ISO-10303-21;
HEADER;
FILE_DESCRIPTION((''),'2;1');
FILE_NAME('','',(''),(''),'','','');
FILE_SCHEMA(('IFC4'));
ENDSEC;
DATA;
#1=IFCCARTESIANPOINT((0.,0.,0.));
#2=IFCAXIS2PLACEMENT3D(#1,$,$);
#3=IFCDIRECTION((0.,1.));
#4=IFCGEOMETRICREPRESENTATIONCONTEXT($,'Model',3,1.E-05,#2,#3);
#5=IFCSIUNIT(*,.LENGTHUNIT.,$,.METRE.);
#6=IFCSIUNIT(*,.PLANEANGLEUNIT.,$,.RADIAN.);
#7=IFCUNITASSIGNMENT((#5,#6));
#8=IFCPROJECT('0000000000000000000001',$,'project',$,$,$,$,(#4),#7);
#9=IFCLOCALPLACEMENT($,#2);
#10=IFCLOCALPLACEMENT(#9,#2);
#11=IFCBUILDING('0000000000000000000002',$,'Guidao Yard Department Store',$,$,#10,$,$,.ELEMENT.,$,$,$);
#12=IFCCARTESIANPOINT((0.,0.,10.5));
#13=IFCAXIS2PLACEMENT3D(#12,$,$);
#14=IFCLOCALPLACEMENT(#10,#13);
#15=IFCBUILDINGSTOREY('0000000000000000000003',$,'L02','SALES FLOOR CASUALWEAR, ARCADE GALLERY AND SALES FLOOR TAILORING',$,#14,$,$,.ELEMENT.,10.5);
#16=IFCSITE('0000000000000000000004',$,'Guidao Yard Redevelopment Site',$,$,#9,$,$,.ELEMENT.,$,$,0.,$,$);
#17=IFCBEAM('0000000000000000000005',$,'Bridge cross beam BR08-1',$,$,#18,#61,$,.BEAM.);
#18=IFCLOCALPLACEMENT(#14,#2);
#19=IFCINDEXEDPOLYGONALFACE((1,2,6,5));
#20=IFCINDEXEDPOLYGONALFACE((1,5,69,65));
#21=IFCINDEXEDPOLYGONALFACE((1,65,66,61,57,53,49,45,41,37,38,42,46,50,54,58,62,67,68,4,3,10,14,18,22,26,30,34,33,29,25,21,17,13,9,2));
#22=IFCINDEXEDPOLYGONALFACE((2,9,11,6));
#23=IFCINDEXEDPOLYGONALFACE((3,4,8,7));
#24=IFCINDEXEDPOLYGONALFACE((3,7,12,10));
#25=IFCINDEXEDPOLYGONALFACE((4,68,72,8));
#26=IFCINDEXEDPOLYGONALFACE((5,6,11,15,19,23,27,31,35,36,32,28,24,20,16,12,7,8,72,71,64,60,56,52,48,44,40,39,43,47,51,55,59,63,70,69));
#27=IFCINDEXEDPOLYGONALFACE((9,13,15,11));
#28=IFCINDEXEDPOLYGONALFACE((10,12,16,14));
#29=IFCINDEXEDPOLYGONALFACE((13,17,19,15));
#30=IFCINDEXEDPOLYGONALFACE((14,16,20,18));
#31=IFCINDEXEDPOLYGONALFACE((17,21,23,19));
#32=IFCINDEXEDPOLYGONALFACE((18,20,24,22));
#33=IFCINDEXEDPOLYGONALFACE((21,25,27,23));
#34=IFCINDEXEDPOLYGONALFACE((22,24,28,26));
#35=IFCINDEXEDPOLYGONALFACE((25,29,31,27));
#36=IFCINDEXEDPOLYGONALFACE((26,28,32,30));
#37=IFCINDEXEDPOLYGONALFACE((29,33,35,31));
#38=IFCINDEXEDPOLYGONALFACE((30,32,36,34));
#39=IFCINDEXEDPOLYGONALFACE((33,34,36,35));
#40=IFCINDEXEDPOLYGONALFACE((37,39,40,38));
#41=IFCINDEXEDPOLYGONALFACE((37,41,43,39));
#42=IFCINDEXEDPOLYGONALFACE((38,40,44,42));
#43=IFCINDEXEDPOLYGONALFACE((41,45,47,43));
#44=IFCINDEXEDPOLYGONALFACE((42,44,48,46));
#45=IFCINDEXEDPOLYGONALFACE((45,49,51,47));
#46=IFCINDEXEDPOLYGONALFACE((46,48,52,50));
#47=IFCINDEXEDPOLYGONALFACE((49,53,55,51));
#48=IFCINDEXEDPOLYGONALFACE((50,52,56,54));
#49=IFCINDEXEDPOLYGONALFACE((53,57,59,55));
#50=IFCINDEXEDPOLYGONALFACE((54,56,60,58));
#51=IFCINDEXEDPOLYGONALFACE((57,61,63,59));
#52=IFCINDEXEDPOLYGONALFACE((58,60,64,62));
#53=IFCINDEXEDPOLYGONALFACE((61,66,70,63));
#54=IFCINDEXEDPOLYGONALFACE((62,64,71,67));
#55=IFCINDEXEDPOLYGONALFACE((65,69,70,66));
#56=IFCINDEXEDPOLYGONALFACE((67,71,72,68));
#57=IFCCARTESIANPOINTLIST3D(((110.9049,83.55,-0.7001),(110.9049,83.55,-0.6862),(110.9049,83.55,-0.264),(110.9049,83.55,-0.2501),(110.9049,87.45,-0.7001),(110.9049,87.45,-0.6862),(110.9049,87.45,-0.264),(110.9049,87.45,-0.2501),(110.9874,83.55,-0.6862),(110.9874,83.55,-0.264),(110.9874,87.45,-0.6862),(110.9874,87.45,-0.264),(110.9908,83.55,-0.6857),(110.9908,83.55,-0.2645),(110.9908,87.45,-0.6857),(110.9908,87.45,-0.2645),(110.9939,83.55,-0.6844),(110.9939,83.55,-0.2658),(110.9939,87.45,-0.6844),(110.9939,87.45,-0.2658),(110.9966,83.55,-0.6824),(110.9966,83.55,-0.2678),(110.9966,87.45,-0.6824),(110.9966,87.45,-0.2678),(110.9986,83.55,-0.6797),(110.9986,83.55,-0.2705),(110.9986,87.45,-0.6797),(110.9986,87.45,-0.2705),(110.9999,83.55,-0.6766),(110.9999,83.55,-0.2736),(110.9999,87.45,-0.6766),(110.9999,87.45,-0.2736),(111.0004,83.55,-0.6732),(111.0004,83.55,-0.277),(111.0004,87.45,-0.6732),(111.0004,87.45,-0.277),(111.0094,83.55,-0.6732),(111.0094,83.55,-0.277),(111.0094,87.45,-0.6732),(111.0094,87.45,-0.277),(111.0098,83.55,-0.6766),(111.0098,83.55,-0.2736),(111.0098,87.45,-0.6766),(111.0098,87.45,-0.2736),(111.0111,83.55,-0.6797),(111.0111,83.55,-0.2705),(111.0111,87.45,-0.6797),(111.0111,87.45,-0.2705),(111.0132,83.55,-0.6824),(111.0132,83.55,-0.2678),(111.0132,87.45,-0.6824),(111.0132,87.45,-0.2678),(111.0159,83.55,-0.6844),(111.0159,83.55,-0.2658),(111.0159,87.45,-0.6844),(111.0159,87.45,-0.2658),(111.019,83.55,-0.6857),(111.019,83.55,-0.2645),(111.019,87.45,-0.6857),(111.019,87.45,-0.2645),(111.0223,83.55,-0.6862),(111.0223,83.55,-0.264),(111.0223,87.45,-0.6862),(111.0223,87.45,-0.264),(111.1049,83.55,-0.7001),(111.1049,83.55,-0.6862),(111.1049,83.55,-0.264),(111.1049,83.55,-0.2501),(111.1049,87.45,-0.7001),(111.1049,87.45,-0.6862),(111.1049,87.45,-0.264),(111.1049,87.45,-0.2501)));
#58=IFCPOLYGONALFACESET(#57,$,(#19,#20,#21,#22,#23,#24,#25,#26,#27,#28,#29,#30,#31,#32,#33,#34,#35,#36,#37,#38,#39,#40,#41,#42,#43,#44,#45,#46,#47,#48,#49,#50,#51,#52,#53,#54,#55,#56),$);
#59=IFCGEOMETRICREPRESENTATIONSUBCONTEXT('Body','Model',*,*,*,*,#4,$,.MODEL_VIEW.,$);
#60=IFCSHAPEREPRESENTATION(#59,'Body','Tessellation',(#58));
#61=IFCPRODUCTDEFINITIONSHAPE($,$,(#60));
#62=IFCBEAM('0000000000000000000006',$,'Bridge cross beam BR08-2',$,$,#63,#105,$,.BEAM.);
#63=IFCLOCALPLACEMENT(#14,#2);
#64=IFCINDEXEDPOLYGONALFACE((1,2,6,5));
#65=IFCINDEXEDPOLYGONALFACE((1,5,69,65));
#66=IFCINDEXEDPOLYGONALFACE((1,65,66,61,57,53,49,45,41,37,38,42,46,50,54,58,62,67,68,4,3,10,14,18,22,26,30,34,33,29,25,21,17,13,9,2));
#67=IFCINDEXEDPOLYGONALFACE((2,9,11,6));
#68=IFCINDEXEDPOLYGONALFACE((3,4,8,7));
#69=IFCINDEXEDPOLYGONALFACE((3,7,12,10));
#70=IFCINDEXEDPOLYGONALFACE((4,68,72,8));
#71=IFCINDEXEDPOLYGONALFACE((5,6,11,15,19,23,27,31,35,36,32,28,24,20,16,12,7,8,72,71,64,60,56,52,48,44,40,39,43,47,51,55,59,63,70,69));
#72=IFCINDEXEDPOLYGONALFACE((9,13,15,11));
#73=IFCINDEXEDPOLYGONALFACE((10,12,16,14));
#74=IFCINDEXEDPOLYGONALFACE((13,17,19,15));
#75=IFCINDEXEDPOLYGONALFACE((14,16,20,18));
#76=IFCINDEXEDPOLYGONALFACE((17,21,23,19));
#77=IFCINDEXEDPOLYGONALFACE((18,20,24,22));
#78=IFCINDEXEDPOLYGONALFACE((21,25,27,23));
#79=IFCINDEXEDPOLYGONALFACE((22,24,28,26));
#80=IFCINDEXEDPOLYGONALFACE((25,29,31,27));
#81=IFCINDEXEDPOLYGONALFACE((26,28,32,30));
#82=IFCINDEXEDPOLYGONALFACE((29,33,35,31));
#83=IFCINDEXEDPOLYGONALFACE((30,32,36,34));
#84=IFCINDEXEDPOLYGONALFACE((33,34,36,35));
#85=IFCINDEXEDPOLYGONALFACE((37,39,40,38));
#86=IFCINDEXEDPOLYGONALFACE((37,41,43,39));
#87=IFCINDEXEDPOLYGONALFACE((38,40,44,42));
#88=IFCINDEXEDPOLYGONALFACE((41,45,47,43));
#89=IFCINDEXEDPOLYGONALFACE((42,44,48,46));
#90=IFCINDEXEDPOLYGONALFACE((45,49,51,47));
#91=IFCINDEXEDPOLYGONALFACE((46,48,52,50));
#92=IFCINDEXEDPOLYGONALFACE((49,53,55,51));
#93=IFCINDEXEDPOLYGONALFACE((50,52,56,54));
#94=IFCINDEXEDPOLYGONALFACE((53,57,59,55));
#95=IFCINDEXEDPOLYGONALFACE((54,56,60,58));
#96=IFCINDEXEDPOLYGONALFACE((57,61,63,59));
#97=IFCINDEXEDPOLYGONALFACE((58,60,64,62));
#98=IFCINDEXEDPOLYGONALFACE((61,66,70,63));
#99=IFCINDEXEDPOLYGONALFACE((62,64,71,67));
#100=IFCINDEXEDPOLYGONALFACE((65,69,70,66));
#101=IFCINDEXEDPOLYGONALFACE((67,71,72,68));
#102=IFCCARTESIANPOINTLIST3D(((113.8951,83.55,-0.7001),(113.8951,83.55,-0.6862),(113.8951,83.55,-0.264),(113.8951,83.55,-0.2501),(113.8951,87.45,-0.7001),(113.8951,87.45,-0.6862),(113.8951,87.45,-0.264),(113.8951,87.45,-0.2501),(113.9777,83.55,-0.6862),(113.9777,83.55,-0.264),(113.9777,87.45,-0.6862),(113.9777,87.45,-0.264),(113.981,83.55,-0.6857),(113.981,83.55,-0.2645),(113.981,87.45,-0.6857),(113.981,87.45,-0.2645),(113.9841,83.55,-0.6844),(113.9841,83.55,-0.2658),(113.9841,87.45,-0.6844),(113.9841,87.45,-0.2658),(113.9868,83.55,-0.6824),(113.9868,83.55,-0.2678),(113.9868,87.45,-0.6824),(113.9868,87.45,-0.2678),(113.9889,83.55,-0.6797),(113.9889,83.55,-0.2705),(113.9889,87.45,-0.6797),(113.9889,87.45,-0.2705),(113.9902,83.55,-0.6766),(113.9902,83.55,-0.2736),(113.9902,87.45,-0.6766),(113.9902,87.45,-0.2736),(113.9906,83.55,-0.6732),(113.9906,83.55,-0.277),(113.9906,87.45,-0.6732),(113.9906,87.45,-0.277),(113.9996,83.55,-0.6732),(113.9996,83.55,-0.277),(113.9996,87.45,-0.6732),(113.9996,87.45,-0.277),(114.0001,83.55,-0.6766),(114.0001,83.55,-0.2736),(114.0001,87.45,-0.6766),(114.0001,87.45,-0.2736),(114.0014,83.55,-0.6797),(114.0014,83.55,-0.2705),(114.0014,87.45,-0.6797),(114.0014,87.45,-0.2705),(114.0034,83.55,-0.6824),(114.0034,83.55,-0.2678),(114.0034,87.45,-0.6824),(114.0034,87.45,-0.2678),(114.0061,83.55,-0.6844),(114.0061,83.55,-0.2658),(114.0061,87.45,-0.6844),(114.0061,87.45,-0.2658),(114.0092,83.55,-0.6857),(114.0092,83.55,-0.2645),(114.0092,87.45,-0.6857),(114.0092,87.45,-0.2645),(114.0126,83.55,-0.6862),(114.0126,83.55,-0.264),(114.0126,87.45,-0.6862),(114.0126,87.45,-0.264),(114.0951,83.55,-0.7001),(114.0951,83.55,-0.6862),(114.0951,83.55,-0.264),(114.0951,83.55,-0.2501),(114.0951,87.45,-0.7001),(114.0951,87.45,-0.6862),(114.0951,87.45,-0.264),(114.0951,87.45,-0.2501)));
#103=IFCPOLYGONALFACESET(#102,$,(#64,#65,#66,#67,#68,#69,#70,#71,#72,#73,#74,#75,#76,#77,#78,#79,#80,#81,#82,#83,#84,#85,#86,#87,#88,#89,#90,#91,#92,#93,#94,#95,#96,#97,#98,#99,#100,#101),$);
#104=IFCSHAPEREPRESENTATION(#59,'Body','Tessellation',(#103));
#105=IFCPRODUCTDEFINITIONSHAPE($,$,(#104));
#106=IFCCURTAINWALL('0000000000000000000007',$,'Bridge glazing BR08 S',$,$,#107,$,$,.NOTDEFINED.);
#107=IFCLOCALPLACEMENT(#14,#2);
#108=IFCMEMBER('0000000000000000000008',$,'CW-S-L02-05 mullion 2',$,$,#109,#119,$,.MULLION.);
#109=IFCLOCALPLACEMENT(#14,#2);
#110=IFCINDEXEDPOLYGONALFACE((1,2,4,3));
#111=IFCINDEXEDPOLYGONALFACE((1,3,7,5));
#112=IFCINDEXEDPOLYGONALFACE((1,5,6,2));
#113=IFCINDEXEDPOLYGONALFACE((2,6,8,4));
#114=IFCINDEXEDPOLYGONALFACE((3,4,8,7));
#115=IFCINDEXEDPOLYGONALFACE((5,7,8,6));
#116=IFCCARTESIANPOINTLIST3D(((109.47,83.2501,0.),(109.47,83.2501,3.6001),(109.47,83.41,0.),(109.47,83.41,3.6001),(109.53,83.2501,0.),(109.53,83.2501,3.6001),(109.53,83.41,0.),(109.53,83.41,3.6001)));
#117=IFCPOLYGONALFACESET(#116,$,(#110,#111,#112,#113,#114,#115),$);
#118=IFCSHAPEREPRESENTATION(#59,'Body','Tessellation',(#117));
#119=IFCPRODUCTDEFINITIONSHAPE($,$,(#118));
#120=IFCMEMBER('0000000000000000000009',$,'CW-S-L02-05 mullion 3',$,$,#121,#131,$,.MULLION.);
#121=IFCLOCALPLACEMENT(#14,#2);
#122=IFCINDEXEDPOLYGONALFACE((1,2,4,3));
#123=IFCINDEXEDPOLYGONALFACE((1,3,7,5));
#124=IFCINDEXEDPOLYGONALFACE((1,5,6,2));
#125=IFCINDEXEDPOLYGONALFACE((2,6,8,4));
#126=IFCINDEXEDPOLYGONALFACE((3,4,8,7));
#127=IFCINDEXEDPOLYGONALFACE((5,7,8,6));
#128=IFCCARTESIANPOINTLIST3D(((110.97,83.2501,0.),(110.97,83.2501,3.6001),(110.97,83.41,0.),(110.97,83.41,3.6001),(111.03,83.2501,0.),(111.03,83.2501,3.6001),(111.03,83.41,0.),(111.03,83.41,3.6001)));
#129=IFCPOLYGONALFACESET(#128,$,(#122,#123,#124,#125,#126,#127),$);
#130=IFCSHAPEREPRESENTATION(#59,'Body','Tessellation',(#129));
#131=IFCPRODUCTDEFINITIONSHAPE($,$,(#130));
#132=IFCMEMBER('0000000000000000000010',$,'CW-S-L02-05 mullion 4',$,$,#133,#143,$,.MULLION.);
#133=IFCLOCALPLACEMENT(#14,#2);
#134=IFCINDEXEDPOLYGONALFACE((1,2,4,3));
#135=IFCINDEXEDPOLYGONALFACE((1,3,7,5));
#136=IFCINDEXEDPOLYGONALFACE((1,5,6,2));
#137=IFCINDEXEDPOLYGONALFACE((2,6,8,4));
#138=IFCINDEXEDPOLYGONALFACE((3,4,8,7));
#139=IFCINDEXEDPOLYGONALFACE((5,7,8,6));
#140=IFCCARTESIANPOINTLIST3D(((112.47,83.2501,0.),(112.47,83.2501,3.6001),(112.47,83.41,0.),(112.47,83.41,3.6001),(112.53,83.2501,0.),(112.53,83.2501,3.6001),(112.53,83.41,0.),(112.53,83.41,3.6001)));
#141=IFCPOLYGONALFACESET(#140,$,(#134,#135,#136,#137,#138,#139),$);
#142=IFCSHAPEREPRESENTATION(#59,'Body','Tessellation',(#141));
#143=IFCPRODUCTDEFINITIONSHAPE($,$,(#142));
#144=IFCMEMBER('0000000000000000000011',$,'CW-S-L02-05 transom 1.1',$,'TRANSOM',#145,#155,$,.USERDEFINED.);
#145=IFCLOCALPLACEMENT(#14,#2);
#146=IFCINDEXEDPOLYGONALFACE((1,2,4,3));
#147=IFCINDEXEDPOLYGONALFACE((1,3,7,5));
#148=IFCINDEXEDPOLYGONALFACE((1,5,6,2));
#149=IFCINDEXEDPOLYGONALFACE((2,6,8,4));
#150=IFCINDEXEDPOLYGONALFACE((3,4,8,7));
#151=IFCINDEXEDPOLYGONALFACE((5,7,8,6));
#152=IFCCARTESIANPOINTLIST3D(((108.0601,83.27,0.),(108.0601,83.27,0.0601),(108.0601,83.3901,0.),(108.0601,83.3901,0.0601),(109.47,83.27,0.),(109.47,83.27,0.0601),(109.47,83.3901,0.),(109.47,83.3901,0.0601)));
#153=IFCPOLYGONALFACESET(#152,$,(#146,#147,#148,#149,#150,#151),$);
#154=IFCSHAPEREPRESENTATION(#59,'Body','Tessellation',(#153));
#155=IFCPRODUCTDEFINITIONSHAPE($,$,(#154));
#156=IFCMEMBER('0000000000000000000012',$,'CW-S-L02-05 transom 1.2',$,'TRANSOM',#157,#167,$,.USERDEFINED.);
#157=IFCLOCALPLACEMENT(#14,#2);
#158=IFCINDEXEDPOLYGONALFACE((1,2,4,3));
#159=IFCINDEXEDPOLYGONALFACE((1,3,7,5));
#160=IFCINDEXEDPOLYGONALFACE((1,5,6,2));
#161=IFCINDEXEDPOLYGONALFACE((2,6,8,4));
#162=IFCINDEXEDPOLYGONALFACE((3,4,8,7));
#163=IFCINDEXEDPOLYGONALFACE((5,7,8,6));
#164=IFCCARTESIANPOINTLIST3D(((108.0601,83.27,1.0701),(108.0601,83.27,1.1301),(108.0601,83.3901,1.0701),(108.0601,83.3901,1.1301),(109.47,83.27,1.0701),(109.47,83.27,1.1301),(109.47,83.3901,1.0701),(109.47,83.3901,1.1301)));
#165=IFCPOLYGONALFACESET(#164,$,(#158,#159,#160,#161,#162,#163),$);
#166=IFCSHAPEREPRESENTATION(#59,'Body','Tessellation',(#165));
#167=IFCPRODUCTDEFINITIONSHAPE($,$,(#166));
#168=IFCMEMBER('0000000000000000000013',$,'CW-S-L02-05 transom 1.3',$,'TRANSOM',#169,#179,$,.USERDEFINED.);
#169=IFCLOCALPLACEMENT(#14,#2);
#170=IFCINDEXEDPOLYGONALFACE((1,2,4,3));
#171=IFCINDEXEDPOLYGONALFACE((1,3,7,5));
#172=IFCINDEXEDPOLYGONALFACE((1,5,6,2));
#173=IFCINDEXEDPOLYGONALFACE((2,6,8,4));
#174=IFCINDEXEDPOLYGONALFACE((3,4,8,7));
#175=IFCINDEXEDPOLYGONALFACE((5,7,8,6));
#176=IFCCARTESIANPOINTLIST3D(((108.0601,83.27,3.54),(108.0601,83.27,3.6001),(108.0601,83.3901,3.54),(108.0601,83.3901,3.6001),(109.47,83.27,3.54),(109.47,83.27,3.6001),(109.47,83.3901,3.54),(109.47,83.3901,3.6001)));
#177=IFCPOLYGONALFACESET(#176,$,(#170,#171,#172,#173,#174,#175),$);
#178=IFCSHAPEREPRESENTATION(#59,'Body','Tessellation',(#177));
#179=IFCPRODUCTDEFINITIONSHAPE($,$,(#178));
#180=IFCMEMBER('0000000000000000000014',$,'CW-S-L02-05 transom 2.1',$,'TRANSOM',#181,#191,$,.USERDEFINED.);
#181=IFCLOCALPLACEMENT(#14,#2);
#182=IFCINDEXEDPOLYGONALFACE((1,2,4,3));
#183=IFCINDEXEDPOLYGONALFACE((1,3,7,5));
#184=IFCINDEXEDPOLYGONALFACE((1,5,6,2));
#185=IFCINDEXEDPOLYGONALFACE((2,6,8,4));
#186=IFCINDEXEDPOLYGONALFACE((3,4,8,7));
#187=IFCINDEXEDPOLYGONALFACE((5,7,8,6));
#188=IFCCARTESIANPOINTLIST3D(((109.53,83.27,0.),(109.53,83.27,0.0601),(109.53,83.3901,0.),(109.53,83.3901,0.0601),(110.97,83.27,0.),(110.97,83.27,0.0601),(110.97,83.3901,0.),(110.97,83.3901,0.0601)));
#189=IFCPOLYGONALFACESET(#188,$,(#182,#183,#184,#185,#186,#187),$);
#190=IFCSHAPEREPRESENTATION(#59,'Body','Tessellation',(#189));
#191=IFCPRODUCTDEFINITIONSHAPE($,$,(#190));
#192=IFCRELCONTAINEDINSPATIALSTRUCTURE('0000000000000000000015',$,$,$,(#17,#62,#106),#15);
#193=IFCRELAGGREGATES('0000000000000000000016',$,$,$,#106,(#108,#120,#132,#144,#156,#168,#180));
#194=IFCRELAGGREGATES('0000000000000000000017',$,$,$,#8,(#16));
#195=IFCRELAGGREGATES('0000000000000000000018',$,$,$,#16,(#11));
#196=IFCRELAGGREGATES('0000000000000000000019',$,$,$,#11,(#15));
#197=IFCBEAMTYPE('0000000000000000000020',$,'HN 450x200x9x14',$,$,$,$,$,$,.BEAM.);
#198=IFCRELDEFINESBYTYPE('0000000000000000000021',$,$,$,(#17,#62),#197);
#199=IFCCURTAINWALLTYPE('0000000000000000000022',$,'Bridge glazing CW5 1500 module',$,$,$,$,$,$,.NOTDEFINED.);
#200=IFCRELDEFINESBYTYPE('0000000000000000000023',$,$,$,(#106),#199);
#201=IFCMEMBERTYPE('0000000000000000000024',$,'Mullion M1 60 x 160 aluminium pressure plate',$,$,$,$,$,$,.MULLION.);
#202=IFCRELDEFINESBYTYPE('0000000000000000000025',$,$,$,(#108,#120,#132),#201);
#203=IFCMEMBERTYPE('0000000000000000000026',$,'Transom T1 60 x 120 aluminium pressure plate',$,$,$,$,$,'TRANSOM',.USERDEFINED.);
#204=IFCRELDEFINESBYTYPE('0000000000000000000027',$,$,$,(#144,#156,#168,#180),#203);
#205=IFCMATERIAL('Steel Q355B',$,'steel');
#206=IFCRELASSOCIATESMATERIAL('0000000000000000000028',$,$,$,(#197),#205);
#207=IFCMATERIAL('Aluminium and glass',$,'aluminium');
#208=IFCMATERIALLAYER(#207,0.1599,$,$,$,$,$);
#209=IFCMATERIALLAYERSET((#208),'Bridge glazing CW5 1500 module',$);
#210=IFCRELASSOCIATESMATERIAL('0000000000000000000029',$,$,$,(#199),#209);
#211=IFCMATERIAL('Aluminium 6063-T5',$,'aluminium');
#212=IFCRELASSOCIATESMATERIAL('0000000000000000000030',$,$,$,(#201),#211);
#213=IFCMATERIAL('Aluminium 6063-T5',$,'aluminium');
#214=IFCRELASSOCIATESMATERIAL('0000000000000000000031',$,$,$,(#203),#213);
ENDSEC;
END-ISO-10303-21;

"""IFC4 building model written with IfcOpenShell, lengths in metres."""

from ifc_helpers import new_model, si_unit, direction, frame, origin, origin_2d, place, context, subcontext, project, spatial, rectangle, i_section, extrude, material, layer, layer_set, material_profile, profile_set, type_object, element, aggregate, save


model = new_model("IFC4")

# Units and contexts
model_context = context("Model", 3, precision=1e-05, world=origin(), true_north=direction((0.0, 1.0)))
body_context = subcontext(model_context, "Body", "Model", "MODEL_VIEW")
ifc_project = project(units=[si_unit("LENGTHUNIT", "METRE"), si_unit("PLANEANGLEUNIT", "RADIAN")], contexts=[model_context])

# Site, building, storey
site_placement = place(None, origin())
site = spatial("IfcSite", under=ifc_project, at=site_placement, Name="Guidao Yard Redevelopment Site", CompositionType="ELEMENT", RefElevation=0.0)
building_placement = place(site_placement, origin())
building = spatial("IfcBuilding", under=site, at=building_placement, Name="Guidao Yard Department Store", CompositionType="ELEMENT")
storey_placement = place(building_placement, frame((0.0, 0.0, 10.5)))
storey = spatial("IfcBuildingStorey", under=building, at=storey_placement, Name="L02", Description="SALES FLOOR CASUALWEAR, ARCADE GALLERY AND SALES FLOOR TAILORING", CompositionType="ELEMENT", Elevation=10.5)

# Beams
ifc_material_1 = material(Name="Steel Q355B", Category="steel")
ifc_material_profile_1 = material_profile(ifc_material_1, i_section(OverallWidth=0.2, OverallDepth=0.45, WebThickness=0.009, FlangeThickness=0.0139, FilletRadius=0.0129, at=origin_2d()), Name="HN 450x200x9x14")
ifc_profile_set_1 = profile_set([ifc_material_profile_1], Name="Steel Q355B")
beam_type = type_object("IfcBeamType", Name="HN 450x200x9x14", PredefinedType="BEAM", material=ifc_profile_set_1)
for number, where, z_axis, x_axis, name in (
    (1, (111.0049, 83.55, -0.4751), (0.0, 1.0, 0.0), (-1.0, 0.0, 0.0), "Bridge cross beam BR08-1"),
    (2, (113.9951, 83.55, -0.4751), (0.0, 1.0, 0.0), (-1.0, 0.0, 0.0), "Bridge cross beam BR08-2"),
):
    element("IfcBeam", number, at=place(storey_placement, frame(where, z_axis=z_axis, x_axis=x_axis)), inside=storey, type_object=beam_type, Name=name, PredefinedType="BEAM", context=body_context, shape_type="SweptSolid", body=[
        extrude(i_section(OverallWidth=0.2, OverallDepth=0.45, WebThickness=0.009, FlangeThickness=0.0139, FilletRadius=0.0129, at=origin_2d()), origin(), (0.0, 0.0, 1.0), 3.8999),
    ])

# Curtain wall, members
ifc_material_2 = material(Name="Aluminium and glass", Category="aluminium")
ifc_layer_1 = layer(ifc_material_2, 0.1599)
ifc_layer_set_1 = layer_set([ifc_layer_1], Name="Bridge glazing CW5 1500 module")
curtain_wall_type = type_object("IfcCurtainWallType", Name="Bridge glazing CW5 1500 module", PredefinedType="NOTDEFINED", material=ifc_layer_set_1)
curtain_wall_placement = place(storey_placement, origin())
curtain_wall = element("IfcCurtainWall", 3, at=curtain_wall_placement, inside=storey, type_object=curtain_wall_type, Name="Bridge glazing BR08 S", PredefinedType="NOTDEFINED")
ifc_material_3 = material(Name="Aluminium 6063-T5", Category="aluminium")
ifc_material_profile_2 = material_profile(ifc_material_3, rectangle(XDim=0.0601, YDim=0.1599, at=origin_2d()), Name="Mullion M1 60 x 160 aluminium pressure plate")
ifc_profile_set_2 = profile_set([ifc_material_profile_2], Name="Aluminium 6063-T5")
member_type_1 = type_object("IfcMemberType", Name="Mullion M1 60 x 160 aluminium pressure plate", PredefinedType="MULLION", material=ifc_profile_set_2)
member_1_placement = place(storey_placement, frame((109.5, 83.3301, 0.0), z_axis=(0.0, 0.0, 1.0), x_axis=(-1.0, 0.0, 0.0)))
member_1 = element("IfcMember", 4, at=member_1_placement, type_object=member_type_1, Name="CW-S-L02-05 mullion 2", PredefinedType="MULLION", context=body_context, shape_type="SweptSolid", body=[
    extrude(rectangle(XDim=0.0601, YDim=0.1599, at=origin_2d()), origin(), (0.0, 0.0, 1.0), 3.6001),
])
member_2_placement = place(storey_placement, frame((111.0, 83.3301, 0.0), z_axis=(0.0, 0.0, 1.0), x_axis=(-1.0, 0.0, 0.0)))
member_2 = element("IfcMember", 5, at=member_2_placement, type_object=member_type_1, Name="CW-S-L02-05 mullion 3", PredefinedType="MULLION", context=body_context, shape_type="SweptSolid", body=[
    extrude(rectangle(XDim=0.0601, YDim=0.1599, at=origin_2d()), origin(), (0.0, 0.0, 1.0), 3.6001),
])
member_3_placement = place(storey_placement, frame((112.5, 83.3301, 0.0), z_axis=(0.0, 0.0, 1.0), x_axis=(-1.0, 0.0, 0.0)))
member_3 = element("IfcMember", 6, at=member_3_placement, type_object=member_type_1, Name="CW-S-L02-05 mullion 4", PredefinedType="MULLION", context=body_context, shape_type="SweptSolid", body=[
    extrude(rectangle(XDim=0.0601, YDim=0.1599, at=origin_2d()), origin(), (0.0, 0.0, 1.0), 3.6001),
])
ifc_material_4 = material(Name="Aluminium 6063-T5", Category="aluminium")
ifc_material_profile_3 = material_profile(ifc_material_4, rectangle(XDim=0.1201, YDim=0.0601, at=origin_2d()), Name="Transom T1 60 x 120 aluminium pressure plate")
ifc_profile_set_3 = profile_set([ifc_material_profile_3], Name="Aluminium 6063-T5")
member_type_2 = type_object("IfcMemberType", Name="Transom T1 60 x 120 aluminium pressure plate", ElementType="TRANSOM", PredefinedType="USERDEFINED", material=ifc_profile_set_3)
member_4_placement = place(storey_placement, frame((109.47, 83.3301, 0.03), z_axis=(-1.0, 0.0, 0.0), x_axis=(0.0, -1.0, 0.0)))
member_4 = element("IfcMember", 7, at=member_4_placement, type_object=member_type_2, Name="CW-S-L02-05 transom 1.1", ObjectType="TRANSOM", PredefinedType="USERDEFINED", context=body_context, shape_type="SweptSolid", body=[
    extrude(rectangle(XDim=0.1201, YDim=0.0601, at=origin_2d()), origin(), (0.0, 0.0, 1.0), 1.4099),
])
member_5_placement = place(storey_placement, frame((109.47, 83.3301, 1.1001), z_axis=(-1.0, 0.0, 0.0), x_axis=(0.0, -1.0, 0.0)))
member_5 = element("IfcMember", 8, at=member_5_placement, type_object=member_type_2, Name="CW-S-L02-05 transom 1.2", ObjectType="TRANSOM", PredefinedType="USERDEFINED", context=body_context, shape_type="SweptSolid", body=[
    extrude(rectangle(XDim=0.1201, YDim=0.0601, at=origin_2d()), origin(), (0.0, 0.0, 1.0), 1.4099),
])
member_6_placement = place(storey_placement, frame((109.47, 83.3301, 3.5701), z_axis=(-1.0, 0.0, 0.0), x_axis=(0.0, -1.0, 0.0)))
member_6 = element("IfcMember", 9, at=member_6_placement, type_object=member_type_2, Name="CW-S-L02-05 transom 1.3", ObjectType="TRANSOM", PredefinedType="USERDEFINED", context=body_context, shape_type="SweptSolid", body=[
    extrude(rectangle(XDim=0.1201, YDim=0.0601, at=origin_2d()), origin(), (0.0, 0.0, 1.0), 1.4099),
])
member_7_placement = place(storey_placement, frame((110.97, 83.3301, 0.03), z_axis=(-1.0, 0.0, 0.0), x_axis=(0.0, -1.0, 0.0)))
member_7 = element("IfcMember", 10, at=member_7_placement, type_object=member_type_2, Name="CW-S-L02-05 transom 2.1", ObjectType="TRANSOM", PredefinedType="USERDEFINED", context=body_context, shape_type="SweptSolid", body=[
    extrude(rectangle(XDim=0.1201, YDim=0.0601, at=origin_2d()), origin(), (0.0, 0.0, 1.0), 1.4399),
])
aggregate(curtain_wall, [member_1, member_2, member_3, member_4, member_5, member_6, member_7])

save(model, "model.ifc")
